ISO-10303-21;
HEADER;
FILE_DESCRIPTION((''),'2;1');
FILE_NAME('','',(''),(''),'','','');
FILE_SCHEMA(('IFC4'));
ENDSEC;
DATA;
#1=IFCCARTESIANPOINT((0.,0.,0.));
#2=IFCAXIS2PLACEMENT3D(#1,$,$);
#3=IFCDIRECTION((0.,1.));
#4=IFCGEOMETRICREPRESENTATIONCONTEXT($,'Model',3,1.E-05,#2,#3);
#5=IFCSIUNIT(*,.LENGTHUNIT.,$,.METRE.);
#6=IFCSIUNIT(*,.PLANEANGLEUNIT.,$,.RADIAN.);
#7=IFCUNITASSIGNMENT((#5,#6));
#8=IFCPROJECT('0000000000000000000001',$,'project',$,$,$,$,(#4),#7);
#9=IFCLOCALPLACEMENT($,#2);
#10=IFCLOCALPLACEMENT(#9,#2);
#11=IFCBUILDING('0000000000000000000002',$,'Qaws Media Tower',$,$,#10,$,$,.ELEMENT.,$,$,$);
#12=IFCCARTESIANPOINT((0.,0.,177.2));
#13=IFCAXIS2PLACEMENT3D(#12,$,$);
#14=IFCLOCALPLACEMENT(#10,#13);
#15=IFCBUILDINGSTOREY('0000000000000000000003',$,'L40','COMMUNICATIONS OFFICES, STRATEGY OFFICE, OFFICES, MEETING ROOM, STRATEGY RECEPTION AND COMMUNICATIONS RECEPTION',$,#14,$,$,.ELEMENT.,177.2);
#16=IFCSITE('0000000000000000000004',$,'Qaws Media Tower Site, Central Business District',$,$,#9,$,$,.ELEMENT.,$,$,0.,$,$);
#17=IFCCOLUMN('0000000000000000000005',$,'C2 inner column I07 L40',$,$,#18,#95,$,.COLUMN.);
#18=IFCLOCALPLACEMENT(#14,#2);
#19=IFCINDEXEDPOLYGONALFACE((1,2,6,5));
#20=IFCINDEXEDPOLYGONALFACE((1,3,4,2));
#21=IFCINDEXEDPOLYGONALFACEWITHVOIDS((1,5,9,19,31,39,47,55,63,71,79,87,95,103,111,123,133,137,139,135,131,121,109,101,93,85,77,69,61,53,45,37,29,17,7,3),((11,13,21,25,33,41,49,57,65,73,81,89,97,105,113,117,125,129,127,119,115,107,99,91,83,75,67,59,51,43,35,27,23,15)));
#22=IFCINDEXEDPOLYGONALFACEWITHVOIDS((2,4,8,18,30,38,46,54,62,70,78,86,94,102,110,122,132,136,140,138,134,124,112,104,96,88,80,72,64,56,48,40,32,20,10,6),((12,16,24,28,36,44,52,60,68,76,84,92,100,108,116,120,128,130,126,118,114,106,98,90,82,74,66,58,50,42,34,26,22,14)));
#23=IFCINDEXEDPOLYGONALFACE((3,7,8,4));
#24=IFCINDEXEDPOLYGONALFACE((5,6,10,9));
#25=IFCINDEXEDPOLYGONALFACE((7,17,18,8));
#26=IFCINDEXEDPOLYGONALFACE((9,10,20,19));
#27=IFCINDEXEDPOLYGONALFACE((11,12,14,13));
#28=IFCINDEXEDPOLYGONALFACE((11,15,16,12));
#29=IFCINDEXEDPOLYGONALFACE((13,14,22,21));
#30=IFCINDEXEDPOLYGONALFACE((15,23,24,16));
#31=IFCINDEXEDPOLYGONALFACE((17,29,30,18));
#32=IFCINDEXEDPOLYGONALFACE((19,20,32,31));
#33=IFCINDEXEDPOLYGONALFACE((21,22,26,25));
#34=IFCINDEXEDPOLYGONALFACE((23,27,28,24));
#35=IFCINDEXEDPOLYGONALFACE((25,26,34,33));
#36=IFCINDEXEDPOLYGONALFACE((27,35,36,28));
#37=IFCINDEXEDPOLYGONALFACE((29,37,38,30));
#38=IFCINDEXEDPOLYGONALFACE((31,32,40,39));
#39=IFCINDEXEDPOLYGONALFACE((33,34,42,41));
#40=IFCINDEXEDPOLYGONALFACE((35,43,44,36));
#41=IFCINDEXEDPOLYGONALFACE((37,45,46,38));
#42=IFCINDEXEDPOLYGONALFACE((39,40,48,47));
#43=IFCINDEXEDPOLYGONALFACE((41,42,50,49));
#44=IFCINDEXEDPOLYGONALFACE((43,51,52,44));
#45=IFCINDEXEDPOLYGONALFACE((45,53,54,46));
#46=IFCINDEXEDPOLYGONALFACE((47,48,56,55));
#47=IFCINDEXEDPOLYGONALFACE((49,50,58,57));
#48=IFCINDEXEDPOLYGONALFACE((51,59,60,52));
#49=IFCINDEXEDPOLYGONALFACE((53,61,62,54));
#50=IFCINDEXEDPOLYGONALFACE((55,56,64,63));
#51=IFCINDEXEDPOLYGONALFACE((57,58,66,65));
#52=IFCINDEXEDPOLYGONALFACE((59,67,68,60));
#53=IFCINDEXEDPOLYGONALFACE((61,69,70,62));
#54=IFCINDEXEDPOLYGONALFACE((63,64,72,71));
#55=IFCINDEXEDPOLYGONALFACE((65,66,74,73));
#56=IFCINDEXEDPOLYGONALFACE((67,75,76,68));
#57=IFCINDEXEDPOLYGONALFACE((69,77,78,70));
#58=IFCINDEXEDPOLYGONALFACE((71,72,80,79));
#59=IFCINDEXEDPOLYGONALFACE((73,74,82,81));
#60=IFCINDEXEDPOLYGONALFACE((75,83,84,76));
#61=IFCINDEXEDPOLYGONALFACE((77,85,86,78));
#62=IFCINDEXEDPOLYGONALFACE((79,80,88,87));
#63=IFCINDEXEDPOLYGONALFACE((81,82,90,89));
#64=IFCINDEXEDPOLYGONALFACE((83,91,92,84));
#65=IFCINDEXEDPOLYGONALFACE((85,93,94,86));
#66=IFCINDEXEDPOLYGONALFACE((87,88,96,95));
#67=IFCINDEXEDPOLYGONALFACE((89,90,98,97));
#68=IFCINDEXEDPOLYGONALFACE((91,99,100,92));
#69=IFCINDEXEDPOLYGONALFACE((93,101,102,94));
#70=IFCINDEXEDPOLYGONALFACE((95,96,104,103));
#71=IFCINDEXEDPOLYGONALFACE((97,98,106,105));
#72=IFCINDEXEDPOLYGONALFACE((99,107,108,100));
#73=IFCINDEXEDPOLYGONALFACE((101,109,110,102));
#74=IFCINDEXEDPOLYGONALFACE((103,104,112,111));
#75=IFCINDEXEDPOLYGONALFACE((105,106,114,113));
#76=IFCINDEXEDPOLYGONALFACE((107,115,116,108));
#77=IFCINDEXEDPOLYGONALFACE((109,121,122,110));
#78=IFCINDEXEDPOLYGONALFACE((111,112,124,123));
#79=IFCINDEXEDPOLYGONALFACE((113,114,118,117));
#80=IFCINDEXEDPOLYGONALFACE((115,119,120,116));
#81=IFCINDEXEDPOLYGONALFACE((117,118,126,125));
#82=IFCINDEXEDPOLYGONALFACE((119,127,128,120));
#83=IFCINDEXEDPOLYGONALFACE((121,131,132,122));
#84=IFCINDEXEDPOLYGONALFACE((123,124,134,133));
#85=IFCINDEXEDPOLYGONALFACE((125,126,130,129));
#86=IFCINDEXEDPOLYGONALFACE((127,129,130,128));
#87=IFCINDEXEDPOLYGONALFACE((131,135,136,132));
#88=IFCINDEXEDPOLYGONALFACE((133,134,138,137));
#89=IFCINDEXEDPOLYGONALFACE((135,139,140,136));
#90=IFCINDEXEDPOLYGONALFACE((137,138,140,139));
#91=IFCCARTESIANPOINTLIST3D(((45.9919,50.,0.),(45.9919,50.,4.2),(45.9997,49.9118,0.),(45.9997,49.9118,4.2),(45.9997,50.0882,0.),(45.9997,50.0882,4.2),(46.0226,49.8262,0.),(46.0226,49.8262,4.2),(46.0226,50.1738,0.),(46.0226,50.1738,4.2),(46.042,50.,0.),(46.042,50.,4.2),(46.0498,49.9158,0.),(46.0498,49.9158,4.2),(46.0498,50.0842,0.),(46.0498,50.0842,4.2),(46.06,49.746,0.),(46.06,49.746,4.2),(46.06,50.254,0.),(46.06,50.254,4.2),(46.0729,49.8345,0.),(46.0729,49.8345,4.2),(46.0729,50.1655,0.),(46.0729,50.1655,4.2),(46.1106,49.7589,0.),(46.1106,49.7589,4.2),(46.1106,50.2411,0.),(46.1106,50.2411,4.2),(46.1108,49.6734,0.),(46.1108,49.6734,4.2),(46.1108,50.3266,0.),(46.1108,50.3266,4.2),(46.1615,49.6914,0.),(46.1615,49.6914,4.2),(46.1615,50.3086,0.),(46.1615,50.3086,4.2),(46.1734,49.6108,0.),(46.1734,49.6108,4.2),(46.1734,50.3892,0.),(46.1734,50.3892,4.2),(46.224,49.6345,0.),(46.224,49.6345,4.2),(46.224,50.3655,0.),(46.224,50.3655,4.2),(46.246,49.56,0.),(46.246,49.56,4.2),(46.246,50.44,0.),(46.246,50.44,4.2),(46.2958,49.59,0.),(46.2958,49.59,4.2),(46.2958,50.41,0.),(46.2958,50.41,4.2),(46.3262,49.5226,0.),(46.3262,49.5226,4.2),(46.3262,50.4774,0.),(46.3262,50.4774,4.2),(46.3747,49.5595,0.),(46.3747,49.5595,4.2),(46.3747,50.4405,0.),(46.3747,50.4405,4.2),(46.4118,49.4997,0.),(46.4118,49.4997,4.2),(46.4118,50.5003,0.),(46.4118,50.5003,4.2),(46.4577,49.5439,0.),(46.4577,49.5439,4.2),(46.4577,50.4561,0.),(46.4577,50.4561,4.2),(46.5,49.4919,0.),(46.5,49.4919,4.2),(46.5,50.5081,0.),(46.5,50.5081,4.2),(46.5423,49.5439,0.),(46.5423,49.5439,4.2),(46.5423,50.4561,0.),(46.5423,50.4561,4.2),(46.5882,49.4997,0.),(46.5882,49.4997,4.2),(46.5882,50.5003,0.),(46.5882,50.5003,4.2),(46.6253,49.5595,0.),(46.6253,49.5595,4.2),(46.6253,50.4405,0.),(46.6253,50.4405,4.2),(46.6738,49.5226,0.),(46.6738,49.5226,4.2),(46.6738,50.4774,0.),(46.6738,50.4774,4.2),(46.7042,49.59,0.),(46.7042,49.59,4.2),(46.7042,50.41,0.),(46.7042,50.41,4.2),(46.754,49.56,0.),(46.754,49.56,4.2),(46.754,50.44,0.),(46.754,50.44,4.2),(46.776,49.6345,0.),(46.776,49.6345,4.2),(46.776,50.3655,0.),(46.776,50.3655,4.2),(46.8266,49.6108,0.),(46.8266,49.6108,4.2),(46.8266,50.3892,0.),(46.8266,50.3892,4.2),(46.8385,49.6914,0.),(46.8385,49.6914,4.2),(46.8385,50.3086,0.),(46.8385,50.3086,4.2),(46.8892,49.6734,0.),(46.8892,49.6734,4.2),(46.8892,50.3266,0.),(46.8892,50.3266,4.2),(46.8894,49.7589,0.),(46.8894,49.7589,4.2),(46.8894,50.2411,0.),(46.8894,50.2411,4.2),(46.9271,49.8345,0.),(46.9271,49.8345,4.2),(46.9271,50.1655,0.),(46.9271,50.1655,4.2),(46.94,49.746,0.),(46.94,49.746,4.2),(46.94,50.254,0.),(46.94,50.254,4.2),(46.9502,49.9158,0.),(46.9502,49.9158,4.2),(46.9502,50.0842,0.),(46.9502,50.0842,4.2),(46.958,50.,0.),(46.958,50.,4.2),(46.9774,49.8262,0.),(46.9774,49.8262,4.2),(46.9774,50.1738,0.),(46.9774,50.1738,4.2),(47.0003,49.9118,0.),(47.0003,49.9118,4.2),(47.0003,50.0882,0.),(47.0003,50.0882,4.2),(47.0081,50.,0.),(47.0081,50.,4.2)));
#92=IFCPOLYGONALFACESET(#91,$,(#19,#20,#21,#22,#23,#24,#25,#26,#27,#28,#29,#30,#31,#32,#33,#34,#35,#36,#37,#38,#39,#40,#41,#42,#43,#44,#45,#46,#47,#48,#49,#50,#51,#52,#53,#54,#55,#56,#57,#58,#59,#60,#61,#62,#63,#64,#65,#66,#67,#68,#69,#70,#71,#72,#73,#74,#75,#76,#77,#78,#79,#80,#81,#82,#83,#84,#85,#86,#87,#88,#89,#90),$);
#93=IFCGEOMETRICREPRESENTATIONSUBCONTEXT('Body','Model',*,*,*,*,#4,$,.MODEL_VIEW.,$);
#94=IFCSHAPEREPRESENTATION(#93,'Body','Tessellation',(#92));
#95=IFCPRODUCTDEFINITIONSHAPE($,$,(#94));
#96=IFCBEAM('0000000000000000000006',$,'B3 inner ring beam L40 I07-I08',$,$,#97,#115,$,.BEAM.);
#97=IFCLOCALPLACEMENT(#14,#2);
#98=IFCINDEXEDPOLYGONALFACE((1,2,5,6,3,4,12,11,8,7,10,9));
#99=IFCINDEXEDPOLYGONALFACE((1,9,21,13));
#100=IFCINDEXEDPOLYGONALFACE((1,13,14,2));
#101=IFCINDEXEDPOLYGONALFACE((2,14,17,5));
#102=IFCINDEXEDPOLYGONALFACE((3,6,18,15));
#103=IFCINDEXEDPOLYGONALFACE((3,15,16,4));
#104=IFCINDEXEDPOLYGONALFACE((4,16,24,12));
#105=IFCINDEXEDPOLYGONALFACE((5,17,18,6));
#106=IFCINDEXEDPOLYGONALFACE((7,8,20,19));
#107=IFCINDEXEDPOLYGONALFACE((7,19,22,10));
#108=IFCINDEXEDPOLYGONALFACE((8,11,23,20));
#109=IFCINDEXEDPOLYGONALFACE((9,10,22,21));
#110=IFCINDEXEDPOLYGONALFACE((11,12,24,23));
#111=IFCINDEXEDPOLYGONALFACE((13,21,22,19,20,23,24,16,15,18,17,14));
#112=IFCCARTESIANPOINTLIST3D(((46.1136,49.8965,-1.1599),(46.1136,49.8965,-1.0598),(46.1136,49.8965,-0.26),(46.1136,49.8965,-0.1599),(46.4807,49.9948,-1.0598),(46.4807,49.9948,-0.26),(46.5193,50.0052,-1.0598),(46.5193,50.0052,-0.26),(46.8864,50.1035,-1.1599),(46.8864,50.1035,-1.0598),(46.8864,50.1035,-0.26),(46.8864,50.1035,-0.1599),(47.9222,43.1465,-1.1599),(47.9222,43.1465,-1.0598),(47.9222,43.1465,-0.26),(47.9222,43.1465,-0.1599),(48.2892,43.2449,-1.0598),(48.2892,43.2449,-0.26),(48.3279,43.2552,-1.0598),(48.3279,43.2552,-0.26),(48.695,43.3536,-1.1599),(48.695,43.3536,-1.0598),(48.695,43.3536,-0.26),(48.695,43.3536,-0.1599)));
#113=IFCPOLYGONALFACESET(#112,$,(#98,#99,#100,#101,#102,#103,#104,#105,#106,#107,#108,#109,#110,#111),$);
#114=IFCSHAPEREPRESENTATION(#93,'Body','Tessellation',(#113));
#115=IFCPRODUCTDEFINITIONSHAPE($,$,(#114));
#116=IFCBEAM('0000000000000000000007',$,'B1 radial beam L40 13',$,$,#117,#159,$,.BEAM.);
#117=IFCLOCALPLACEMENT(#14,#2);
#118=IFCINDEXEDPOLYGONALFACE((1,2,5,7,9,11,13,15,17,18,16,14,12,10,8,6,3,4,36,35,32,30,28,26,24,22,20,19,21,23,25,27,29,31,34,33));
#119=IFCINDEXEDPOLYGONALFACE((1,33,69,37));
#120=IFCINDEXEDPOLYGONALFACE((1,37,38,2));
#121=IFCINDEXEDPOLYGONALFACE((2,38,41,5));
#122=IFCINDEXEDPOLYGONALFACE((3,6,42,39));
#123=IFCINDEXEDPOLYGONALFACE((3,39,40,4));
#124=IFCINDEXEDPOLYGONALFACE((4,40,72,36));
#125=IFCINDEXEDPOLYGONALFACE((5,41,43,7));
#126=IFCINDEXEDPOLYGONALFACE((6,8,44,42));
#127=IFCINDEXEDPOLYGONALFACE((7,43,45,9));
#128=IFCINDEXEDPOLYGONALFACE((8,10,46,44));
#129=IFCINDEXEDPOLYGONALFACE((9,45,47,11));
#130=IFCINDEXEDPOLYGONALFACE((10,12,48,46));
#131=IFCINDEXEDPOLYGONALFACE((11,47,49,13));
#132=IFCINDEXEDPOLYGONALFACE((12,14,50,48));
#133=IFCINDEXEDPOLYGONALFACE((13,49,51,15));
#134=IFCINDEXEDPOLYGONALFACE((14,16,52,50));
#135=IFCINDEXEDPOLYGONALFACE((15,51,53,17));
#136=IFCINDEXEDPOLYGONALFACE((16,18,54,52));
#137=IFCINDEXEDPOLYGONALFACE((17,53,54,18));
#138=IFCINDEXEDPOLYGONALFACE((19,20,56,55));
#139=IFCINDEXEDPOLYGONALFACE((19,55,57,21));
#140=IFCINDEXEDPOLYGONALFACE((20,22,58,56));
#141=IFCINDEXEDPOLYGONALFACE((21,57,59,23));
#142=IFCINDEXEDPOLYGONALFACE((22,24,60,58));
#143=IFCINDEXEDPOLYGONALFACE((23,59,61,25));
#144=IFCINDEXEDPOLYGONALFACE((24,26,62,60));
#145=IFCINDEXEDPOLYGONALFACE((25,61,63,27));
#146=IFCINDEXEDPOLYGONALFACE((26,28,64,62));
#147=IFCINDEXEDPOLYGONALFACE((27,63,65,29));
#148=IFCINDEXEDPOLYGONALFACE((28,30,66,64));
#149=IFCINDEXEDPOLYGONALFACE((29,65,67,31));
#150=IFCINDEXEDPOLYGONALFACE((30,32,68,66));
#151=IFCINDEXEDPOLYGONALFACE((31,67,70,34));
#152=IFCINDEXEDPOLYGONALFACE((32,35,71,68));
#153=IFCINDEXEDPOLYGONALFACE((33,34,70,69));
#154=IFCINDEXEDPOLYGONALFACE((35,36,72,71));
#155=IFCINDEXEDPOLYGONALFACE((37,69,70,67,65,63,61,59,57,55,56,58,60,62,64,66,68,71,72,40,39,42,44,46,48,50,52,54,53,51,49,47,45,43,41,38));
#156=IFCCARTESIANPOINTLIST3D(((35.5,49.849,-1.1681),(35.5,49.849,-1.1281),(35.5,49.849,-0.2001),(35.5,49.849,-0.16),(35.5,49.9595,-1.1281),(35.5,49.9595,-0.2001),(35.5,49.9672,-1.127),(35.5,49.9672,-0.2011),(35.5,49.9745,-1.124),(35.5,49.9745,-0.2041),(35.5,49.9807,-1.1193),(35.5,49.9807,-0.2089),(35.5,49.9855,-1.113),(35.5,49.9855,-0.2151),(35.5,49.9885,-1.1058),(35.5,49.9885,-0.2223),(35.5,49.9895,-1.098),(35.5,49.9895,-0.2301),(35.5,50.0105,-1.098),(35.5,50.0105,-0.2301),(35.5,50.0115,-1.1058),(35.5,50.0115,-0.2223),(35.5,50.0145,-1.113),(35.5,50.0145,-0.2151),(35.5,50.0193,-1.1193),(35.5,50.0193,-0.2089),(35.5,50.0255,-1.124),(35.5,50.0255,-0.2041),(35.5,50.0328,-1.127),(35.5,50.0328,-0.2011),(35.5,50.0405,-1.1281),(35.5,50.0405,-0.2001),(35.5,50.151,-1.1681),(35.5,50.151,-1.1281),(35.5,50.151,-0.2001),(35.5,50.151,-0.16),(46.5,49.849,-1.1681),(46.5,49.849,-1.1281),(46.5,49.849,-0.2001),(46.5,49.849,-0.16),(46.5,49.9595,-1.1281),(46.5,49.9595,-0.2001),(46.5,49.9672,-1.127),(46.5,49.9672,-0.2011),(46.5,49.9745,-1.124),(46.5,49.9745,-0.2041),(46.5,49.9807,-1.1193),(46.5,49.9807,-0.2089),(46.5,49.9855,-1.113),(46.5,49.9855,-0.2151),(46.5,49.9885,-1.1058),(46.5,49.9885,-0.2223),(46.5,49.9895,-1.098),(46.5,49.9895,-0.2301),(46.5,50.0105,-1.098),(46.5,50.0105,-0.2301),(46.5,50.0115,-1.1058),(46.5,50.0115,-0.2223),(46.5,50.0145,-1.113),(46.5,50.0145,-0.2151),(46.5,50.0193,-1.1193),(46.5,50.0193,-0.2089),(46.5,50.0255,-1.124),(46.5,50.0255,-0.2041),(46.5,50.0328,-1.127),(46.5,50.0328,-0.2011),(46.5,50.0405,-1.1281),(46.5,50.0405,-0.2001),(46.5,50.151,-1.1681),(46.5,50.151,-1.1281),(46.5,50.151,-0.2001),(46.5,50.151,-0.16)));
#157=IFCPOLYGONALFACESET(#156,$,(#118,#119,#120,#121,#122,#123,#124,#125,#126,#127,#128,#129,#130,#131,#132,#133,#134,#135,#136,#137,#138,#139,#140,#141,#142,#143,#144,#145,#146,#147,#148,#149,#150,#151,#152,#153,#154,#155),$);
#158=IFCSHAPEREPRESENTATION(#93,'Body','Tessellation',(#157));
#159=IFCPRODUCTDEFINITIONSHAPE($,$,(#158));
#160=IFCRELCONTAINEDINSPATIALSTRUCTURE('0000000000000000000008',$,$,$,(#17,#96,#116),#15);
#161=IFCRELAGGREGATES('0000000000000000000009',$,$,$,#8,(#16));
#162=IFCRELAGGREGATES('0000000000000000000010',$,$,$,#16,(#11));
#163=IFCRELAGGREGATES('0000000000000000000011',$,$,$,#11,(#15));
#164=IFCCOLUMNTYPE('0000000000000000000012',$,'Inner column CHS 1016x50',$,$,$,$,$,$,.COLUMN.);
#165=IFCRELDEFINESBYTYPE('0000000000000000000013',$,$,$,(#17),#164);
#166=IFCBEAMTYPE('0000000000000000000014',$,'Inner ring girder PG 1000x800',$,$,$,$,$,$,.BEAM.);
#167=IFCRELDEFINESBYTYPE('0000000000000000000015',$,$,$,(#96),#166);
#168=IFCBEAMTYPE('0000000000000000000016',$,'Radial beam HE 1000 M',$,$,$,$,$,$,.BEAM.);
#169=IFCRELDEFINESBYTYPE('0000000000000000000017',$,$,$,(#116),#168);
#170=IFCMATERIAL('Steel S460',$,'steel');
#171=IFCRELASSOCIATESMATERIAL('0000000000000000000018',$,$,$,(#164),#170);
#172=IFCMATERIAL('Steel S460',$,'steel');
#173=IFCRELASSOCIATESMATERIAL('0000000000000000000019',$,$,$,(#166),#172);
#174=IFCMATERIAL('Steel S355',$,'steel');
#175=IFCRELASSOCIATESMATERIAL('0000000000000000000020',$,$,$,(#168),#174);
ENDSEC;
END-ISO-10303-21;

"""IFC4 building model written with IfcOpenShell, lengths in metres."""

from ifc_helpers import new_model, si_unit, direction, frame, origin, origin_2d, place, context, subcontext, project, spatial, hollow_circle, i_section, extrude, material, material_profile, profile_set, type_object, element, save


model = new_model("IFC4")

# Units and contexts
model_context = context("Model", 3, precision=1e-05, world=origin(), true_north=direction((0.0, 1.0)))
body_context = subcontext(model_context, "Body", "Model", "MODEL_VIEW")
ifc_project = project(units=[si_unit("LENGTHUNIT", "METRE"), si_unit("PLANEANGLEUNIT", "RADIAN")], contexts=[model_context])

# Site, building, storey
site_placement = place(None, origin())
site = spatial("IfcSite", under=ifc_project, at=site_placement, Name="Qaws Media Tower Site, Central Business District", CompositionType="ELEMENT", RefElevation=0.0)
building_placement = place(site_placement, origin())
building = spatial("IfcBuilding", under=site, at=building_placement, Name="Qaws Media Tower", CompositionType="ELEMENT")
storey_placement = place(building_placement, frame((0.0, 0.0, 177.2)))
storey = spatial("IfcBuildingStorey", under=building, at=storey_placement, Name="L40", Description="COMMUNICATIONS OFFICES, STRATEGY OFFICE, OFFICES, MEETING ROOM, STRATEGY RECEPTION AND COMMUNICATIONS RECEPTION", CompositionType="ELEMENT", Elevation=177.2)

# Column
ifc_material_1 = material(Name="Steel S460", Category="steel")
ifc_material_profile_1 = material_profile(ifc_material_1, hollow_circle(Radius=0.5081, WallThickness=0.05, at=origin_2d()), Name="CHS 1016x50")
ifc_profile_set_1 = profile_set([ifc_material_profile_1], Name="Steel S460")
column_type = type_object("IfcColumnType", Name="Inner column CHS 1016x50", PredefinedType="COLUMN", material=ifc_profile_set_1)
column_placement = place(storey_placement, frame((46.5, 50.0, 0.0), z_axis=(0.0, 0.0, 1.0), x_axis=(1.0, 0.0, 0.0)))
element("IfcColumn", 1, at=column_placement, inside=storey, type_object=column_type, Name="C2 inner column I07 L40", PredefinedType="COLUMN", context=body_context, shape_type="SweptSolid", body=[
    extrude(hollow_circle(Radius=0.5081, WallThickness=0.05, at=origin_2d()), origin(), (0.0, 0.0, 1.0), 4.2),
])

# Beams
ifc_material_2 = material(Name="Steel S460", Category="steel")
ifc_material_profile_2 = material_profile(ifc_material_2, i_section(OverallWidth=0.8, OverallDepth=1.0, WebThickness=0.04, FlangeThickness=0.1001, at=origin_2d()), Name="PG 1000x800")
ifc_profile_set_2 = profile_set([ifc_material_profile_2], Name="Steel S460")
beam_type_1 = type_object("IfcBeamType", Name="Inner ring girder PG 1000x800", PredefinedType="BEAM", material=ifc_profile_set_2)
beam_1_placement = place(storey_placement, frame((46.5, 50.0, -0.6599), z_axis=(0.258811, -0.965928, 0.0), x_axis=(0.965928, 0.258811, 0.0)))
element("IfcBeam", 2, at=beam_1_placement, inside=storey, type_object=beam_type_1, Name="B3 inner ring beam L40 I07-I08", PredefinedType="BEAM", context=body_context, shape_type="SweptSolid", body=[
    extrude(i_section(OverallWidth=0.8, OverallDepth=1.0, WebThickness=0.04, FlangeThickness=0.1001, at=origin_2d()), origin(), (0.0, 0.0, 1.0), 6.988),
])
ifc_material_3 = material(Name="Steel S355", Category="steel")
ifc_material_profile_3 = material_profile(ifc_material_3, i_section(OverallWidth=0.302, OverallDepth=1.0081, WebThickness=0.021, FlangeThickness=0.04, FilletRadius=0.03, at=origin_2d()), Name="HE 1000 M")
ifc_profile_set_3 = profile_set([ifc_material_profile_3], Name="Steel S355")
beam_type_2 = type_object("IfcBeamType", Name="Radial beam HE 1000 M", PredefinedType="BEAM", material=ifc_profile_set_3)
beam_2_placement = place(storey_placement, frame((46.5, 50.0, -0.6641), z_axis=(-1.0, 0.0, 0.0), x_axis=(0.0, -1.0, 0.0)))
element("IfcBeam", 3, at=beam_2_placement, inside=storey, type_object=beam_type_2, Name="B1 radial beam L40 13", PredefinedType="BEAM", context=body_context, shape_type="SweptSolid", body=[
    extrude(i_section(OverallWidth=0.302, OverallDepth=1.0081, WebThickness=0.021, FlangeThickness=0.04, FilletRadius=0.03, at=origin_2d()), origin(), (0.0, 0.0, 1.0), 11.0),
])

save(model, "model.ifc")
